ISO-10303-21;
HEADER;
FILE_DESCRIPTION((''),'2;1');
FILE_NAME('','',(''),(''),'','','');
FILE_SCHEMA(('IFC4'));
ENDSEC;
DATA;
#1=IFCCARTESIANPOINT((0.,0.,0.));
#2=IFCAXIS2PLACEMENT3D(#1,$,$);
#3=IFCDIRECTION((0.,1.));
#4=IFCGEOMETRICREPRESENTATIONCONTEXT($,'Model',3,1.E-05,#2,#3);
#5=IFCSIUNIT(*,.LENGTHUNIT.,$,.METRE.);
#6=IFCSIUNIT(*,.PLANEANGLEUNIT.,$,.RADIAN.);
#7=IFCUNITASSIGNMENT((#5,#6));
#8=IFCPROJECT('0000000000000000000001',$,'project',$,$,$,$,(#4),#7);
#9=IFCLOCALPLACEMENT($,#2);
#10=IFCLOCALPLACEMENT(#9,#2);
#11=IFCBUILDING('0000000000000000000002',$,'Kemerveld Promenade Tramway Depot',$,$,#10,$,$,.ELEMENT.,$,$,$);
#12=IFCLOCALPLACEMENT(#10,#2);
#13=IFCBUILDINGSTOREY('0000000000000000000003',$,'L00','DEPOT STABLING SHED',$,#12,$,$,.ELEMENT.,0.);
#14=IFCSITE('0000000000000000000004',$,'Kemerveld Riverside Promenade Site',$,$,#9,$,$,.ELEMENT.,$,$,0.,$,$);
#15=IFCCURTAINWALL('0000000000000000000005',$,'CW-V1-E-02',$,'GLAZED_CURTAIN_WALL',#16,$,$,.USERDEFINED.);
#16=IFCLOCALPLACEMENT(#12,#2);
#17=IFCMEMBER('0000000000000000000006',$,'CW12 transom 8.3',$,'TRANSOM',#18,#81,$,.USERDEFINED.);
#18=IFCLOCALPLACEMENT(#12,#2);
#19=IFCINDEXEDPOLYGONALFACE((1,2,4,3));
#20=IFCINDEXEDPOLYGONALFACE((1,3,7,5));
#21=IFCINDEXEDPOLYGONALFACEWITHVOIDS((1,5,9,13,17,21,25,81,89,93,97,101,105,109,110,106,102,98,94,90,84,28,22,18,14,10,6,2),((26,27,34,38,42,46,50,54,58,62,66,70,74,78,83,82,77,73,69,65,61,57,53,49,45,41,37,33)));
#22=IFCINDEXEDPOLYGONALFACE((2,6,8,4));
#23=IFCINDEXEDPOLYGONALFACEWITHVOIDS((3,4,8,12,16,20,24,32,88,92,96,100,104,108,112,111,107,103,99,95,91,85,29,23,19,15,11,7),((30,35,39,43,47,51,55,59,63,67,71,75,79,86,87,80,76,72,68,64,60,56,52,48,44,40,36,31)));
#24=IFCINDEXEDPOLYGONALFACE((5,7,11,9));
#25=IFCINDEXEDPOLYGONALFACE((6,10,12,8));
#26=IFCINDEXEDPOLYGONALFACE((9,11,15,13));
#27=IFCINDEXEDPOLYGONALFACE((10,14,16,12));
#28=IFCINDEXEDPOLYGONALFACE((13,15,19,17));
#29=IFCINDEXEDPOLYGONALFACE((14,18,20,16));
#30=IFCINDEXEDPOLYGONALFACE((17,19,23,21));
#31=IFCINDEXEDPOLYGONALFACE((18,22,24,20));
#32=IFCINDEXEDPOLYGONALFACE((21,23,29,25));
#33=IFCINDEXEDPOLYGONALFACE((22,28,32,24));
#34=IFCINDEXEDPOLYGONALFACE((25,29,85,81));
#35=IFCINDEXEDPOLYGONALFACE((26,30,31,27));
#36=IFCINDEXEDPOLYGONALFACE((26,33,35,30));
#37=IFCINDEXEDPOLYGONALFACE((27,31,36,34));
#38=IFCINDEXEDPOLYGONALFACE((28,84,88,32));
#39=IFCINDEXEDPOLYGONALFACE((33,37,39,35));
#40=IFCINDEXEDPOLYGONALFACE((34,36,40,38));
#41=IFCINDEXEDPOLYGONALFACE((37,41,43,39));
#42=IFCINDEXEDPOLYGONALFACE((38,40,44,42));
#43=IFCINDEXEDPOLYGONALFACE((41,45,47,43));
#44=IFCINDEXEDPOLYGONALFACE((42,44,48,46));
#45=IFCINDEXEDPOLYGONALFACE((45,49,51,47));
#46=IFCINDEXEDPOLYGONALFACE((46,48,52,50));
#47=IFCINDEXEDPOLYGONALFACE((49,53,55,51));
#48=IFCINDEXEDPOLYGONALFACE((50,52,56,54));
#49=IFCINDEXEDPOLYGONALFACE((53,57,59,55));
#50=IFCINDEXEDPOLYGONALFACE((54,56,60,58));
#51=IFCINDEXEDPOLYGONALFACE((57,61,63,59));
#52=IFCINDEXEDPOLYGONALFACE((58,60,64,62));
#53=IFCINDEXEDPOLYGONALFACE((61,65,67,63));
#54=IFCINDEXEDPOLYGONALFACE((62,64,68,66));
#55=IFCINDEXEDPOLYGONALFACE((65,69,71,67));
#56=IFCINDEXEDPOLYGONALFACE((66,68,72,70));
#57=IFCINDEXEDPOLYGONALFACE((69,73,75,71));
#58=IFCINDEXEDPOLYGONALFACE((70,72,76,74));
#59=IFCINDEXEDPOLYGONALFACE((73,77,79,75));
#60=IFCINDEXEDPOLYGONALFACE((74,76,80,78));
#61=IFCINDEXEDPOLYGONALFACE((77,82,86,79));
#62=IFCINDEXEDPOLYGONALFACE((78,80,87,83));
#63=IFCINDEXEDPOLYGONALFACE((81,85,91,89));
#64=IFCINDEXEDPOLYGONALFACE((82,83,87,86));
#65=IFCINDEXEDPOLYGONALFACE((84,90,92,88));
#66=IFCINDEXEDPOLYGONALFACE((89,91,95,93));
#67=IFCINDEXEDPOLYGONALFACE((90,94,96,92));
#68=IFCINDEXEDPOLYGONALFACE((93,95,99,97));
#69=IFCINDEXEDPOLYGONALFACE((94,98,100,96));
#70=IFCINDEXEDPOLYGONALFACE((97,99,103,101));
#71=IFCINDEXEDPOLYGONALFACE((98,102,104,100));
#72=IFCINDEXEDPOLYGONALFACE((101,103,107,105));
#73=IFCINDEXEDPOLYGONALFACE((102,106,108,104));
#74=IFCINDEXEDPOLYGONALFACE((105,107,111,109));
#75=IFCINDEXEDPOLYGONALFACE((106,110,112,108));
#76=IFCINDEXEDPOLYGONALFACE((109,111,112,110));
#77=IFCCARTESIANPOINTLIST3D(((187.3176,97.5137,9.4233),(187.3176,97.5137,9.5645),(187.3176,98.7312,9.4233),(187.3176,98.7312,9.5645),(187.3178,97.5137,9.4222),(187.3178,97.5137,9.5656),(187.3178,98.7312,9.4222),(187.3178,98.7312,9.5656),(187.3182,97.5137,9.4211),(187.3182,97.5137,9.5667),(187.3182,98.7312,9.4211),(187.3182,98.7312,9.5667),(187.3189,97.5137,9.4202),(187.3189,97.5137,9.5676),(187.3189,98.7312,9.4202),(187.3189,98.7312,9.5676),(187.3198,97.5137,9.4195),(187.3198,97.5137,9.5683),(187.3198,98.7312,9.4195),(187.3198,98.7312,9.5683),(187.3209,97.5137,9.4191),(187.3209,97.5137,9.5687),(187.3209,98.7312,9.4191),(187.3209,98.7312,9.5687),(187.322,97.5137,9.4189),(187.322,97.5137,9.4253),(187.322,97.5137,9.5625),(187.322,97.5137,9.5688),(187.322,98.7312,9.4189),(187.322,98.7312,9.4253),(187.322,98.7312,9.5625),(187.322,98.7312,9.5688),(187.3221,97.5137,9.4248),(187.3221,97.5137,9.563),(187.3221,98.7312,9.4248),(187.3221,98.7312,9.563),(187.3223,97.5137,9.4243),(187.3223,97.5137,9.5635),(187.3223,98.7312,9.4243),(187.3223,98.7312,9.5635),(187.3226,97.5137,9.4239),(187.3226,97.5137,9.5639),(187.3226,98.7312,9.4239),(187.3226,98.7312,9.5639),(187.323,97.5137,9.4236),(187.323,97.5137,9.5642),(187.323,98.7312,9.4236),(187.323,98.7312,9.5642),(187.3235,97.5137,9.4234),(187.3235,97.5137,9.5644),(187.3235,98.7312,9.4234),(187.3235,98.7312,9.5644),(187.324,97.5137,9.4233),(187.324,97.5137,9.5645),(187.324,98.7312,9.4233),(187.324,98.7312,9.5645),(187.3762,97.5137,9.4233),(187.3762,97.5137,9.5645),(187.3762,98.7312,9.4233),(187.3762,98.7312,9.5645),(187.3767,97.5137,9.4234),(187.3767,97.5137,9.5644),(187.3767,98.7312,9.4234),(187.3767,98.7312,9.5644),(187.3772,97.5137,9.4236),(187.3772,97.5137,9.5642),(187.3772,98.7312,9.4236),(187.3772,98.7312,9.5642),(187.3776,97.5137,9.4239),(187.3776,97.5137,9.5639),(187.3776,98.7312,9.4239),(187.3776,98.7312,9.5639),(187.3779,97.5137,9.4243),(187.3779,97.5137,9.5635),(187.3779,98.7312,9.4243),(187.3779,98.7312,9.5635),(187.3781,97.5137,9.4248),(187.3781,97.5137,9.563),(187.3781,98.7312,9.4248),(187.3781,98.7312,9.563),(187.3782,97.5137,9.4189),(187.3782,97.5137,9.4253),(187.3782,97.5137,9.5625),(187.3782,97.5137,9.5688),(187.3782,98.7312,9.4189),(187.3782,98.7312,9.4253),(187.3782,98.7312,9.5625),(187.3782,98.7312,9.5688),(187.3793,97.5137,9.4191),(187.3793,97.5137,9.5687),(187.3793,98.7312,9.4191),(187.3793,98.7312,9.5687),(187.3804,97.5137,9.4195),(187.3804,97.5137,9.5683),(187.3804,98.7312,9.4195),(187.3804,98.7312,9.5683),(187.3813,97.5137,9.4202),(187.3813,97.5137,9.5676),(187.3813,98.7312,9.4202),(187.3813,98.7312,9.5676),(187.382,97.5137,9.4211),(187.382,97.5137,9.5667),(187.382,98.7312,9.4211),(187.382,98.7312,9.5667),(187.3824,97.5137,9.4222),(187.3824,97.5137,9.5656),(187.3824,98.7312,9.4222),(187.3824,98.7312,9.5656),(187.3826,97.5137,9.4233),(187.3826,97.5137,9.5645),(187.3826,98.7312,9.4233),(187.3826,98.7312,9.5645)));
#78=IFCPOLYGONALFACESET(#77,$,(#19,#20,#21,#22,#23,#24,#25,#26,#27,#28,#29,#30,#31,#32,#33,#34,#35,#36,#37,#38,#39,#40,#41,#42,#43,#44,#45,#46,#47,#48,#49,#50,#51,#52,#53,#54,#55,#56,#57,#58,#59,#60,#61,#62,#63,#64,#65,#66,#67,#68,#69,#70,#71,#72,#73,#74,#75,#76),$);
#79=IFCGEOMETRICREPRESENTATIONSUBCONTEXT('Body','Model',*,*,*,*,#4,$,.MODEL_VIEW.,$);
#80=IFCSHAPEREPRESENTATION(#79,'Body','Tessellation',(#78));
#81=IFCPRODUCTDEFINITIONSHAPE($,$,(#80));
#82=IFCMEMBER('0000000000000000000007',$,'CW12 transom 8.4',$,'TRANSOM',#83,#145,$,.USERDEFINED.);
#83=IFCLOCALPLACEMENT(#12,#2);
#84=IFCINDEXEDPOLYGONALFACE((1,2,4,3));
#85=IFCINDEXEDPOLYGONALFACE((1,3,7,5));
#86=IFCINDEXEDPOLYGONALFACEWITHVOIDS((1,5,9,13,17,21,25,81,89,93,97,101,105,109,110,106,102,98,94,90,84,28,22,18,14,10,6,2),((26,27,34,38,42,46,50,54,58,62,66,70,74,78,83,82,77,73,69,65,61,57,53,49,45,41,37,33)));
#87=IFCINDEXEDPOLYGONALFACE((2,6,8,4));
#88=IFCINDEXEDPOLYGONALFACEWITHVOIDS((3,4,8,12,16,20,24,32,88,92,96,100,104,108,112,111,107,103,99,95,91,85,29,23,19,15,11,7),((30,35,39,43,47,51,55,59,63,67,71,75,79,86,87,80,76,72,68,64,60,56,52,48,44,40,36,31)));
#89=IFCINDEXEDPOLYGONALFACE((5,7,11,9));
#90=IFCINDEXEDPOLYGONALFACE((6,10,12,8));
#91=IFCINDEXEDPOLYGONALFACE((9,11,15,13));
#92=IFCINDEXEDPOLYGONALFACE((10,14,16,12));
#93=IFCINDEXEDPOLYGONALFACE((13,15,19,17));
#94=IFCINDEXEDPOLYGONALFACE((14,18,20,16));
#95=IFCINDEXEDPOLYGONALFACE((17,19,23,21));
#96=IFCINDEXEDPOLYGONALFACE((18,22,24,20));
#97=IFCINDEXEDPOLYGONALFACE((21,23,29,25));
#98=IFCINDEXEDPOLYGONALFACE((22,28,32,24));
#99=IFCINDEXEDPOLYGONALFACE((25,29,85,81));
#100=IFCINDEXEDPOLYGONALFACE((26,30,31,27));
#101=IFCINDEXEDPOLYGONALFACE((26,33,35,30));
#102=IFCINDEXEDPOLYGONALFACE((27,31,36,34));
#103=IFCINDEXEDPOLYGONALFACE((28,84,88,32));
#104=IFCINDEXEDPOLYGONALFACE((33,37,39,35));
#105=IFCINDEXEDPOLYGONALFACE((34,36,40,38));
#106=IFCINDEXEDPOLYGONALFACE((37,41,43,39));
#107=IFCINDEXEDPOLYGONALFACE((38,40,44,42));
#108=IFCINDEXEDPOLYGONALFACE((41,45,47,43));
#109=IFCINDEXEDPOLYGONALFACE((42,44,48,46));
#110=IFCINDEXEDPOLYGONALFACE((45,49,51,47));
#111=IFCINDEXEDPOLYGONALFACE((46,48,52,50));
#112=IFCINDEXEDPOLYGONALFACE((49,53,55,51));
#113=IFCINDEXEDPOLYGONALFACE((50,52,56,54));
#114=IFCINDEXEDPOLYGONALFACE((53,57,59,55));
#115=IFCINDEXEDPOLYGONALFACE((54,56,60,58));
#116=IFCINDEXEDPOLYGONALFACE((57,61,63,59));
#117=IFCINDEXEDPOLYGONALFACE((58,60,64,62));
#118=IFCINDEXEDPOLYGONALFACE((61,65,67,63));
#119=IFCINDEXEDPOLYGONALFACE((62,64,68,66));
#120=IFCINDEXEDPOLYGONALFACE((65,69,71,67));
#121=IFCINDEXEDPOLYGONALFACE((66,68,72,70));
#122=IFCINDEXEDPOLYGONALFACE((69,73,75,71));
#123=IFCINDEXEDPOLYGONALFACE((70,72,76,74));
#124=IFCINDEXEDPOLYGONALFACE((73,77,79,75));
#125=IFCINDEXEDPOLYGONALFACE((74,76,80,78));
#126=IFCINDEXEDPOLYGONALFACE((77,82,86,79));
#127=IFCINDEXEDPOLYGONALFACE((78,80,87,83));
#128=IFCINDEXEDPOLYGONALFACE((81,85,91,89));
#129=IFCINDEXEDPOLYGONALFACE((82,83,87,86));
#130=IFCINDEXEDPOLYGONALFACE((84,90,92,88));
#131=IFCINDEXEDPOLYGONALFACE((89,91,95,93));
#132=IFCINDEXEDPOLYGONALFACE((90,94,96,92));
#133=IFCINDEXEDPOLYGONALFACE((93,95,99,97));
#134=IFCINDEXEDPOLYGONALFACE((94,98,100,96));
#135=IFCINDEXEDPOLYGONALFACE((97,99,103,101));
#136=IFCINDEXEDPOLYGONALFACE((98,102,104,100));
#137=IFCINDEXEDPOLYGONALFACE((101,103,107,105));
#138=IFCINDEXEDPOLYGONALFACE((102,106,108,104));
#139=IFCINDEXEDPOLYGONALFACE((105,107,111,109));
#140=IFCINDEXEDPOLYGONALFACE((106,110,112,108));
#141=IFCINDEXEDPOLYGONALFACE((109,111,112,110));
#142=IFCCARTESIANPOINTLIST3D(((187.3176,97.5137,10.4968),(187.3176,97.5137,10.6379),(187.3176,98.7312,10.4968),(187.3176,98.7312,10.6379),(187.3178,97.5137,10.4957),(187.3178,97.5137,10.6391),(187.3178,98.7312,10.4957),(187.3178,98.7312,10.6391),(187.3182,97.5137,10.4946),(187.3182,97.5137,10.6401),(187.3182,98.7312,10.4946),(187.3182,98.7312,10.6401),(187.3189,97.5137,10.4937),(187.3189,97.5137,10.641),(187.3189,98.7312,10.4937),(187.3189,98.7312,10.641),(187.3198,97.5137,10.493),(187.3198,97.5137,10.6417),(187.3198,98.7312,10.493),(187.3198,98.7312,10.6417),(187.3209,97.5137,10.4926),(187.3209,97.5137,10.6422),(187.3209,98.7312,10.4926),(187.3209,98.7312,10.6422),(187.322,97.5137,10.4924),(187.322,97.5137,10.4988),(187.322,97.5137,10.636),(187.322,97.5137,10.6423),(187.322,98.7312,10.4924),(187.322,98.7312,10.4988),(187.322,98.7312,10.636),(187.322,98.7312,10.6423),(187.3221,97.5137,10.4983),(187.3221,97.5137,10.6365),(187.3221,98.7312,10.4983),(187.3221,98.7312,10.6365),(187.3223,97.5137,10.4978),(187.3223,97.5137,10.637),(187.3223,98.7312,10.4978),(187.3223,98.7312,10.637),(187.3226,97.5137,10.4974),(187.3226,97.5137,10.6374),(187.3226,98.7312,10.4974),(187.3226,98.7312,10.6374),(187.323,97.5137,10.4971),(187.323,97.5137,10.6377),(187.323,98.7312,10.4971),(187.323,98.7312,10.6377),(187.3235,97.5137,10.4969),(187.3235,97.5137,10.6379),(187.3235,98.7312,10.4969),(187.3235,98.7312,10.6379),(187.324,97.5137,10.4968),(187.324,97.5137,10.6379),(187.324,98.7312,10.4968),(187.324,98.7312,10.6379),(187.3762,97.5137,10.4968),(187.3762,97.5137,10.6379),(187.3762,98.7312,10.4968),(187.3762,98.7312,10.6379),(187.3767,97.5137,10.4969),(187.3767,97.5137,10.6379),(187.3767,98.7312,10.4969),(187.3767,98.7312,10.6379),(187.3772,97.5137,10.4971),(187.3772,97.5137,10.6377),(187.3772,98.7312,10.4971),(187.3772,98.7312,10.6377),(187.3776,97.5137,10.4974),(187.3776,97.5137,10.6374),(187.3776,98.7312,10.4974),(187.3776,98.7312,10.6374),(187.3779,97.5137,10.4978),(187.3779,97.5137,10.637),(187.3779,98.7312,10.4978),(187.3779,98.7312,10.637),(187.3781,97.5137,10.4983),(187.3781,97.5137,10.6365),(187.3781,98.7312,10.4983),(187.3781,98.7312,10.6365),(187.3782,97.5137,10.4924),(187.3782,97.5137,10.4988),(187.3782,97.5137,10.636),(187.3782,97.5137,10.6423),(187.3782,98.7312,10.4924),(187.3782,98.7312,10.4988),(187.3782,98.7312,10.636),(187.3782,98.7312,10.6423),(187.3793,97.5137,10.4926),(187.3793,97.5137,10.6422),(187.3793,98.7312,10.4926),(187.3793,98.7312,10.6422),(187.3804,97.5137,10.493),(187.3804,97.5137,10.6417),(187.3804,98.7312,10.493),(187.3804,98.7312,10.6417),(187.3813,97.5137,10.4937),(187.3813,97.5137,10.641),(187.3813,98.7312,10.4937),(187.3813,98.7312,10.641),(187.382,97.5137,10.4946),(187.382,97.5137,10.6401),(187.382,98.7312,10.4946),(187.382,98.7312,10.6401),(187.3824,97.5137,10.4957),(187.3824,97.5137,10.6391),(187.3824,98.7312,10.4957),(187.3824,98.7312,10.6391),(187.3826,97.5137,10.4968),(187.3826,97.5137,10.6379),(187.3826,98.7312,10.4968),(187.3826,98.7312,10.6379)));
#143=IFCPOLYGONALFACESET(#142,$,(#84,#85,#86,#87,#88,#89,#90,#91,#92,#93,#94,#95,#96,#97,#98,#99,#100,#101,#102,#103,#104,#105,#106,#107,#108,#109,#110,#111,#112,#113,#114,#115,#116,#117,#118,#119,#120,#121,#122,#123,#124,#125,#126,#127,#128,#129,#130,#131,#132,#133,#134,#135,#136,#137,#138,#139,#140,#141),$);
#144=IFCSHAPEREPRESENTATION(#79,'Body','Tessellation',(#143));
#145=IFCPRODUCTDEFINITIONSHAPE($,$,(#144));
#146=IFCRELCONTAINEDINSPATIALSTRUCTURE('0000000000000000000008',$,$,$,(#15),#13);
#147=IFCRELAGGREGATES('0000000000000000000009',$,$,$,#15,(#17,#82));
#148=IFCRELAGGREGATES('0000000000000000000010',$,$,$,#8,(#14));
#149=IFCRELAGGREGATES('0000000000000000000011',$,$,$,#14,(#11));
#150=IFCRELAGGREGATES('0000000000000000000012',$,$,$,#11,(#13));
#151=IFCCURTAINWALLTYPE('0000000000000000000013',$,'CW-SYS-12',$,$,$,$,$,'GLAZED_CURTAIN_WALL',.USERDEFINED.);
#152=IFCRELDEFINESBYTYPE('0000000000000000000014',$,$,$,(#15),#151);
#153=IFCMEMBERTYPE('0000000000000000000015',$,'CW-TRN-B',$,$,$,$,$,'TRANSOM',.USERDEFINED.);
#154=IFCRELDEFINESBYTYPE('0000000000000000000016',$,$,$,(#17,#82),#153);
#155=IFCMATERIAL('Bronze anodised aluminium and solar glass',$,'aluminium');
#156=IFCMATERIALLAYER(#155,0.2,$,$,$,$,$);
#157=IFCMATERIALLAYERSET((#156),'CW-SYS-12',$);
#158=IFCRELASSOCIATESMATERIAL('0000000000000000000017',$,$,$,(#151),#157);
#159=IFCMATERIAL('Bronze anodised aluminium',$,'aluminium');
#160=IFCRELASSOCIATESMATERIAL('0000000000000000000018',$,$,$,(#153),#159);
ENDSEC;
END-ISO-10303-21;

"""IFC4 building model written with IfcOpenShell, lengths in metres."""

from ifc_helpers import new_model, si_unit, direction, frame, origin, origin_2d, place, context, subcontext, project, spatial, hollow_rectangle, extrude, material, layer, layer_set, material_profile, profile_set, type_object, element, aggregate, save


model = new_model("IFC4")

# Units and contexts
model_context = context("Model", 3, precision=1e-05, world=origin(), true_north=direction((0.0, 1.0)))
body_context = subcontext(model_context, "Body", "Model", "MODEL_VIEW")
ifc_project = project(units=[si_unit("LENGTHUNIT", "METRE"), si_unit("PLANEANGLEUNIT", "RADIAN")], contexts=[model_context])

# Site, building, storey
site_placement = place(None, origin())
site = spatial("IfcSite", under=ifc_project, at=site_placement, Name="Kemerveld Riverside Promenade Site", CompositionType="ELEMENT", RefElevation=0.0)
building_placement = place(site_placement, origin())
building = spatial("IfcBuilding", under=site, at=building_placement, Name="Kemerveld Promenade Tramway Depot", CompositionType="ELEMENT")
storey_placement = place(building_placement, origin())
storey = spatial("IfcBuildingStorey", under=building, at=storey_placement, Name="L00", Description="DEPOT STABLING SHED", CompositionType="ELEMENT", Elevation=0.0)

# Curtain wall, members
ifc_material_1 = material(Name="Bronze anodised aluminium and solar glass", Category="aluminium")
ifc_layer_1 = layer(ifc_material_1, 0.2)
ifc_layer_set_1 = layer_set([ifc_layer_1], Name="CW-SYS-12")
curtain_wall_type = type_object("IfcCurtainWallType", Name="CW-SYS-12", ElementType="GLAZED_CURTAIN_WALL", PredefinedType="USERDEFINED", material=ifc_layer_set_1)
curtain_wall_placement = place(storey_placement, origin())
curtain_wall = element("IfcCurtainWall", 1, at=curtain_wall_placement, inside=storey, type_object=curtain_wall_type, Name="CW-V1-E-02", ObjectType="GLAZED_CURTAIN_WALL", PredefinedType="USERDEFINED")
ifc_material_2 = material(Name="Bronze anodised aluminium", Category="aluminium")
ifc_material_profile_1 = material_profile(ifc_material_2, hollow_rectangle(XDim=0.0649, YDim=0.1499, WallThickness=0.0044, InnerFilletRadius=0.002, OuterFilletRadius=0.0044, at=origin_2d()), Name="CW-TRN-150x65")
ifc_profile_set_1 = profile_set([ifc_material_profile_1], Name="Bronze anodised aluminium")
member_type_1 = type_object("IfcMemberType", Name="CW-TRN-B", ElementType="TRANSOM", PredefinedType="USERDEFINED", material=ifc_profile_set_1)
member_1_placement = place(storey_placement, frame((187.3501, 98.7312, 9.4939), z_axis=(0.0, -1.0, 0.0), x_axis=(1.0, 0.0, 0.0)))
member_1 = element("IfcMember", 2, at=member_1_placement, type_object=member_type_1, Name="CW12 transom 8.3", ObjectType="TRANSOM", PredefinedType="USERDEFINED", context=body_context, shape_type="SweptSolid", body=[
    extrude(hollow_rectangle(XDim=0.0649, YDim=0.1499, WallThickness=0.0044, InnerFilletRadius=0.002, OuterFilletRadius=0.0044, at=origin_2d()), origin(), (0.0, 0.0, 1.0), 1.2175),
])
member_2_placement = place(storey_placement, frame((187.3501, 98.7312, 10.5674), z_axis=(0.0, -1.0, 0.0), x_axis=(1.0, 0.0, 0.0)))
member_2 = element("IfcMember", 3, at=member_2_placement, type_object=member_type_1, Name="CW12 transom 8.4", ObjectType="TRANSOM", PredefinedType="USERDEFINED", context=body_context, shape_type="SweptSolid", body=[
    extrude(hollow_rectangle(XDim=0.0649, YDim=0.1499, WallThickness=0.0044, InnerFilletRadius=0.002, OuterFilletRadius=0.0044, at=origin_2d()), origin(), (0.0, 0.0, 1.0), 1.2175),
])

aggregate(curtain_wall, [member_1, member_2])

save(model, "model.ifc")
